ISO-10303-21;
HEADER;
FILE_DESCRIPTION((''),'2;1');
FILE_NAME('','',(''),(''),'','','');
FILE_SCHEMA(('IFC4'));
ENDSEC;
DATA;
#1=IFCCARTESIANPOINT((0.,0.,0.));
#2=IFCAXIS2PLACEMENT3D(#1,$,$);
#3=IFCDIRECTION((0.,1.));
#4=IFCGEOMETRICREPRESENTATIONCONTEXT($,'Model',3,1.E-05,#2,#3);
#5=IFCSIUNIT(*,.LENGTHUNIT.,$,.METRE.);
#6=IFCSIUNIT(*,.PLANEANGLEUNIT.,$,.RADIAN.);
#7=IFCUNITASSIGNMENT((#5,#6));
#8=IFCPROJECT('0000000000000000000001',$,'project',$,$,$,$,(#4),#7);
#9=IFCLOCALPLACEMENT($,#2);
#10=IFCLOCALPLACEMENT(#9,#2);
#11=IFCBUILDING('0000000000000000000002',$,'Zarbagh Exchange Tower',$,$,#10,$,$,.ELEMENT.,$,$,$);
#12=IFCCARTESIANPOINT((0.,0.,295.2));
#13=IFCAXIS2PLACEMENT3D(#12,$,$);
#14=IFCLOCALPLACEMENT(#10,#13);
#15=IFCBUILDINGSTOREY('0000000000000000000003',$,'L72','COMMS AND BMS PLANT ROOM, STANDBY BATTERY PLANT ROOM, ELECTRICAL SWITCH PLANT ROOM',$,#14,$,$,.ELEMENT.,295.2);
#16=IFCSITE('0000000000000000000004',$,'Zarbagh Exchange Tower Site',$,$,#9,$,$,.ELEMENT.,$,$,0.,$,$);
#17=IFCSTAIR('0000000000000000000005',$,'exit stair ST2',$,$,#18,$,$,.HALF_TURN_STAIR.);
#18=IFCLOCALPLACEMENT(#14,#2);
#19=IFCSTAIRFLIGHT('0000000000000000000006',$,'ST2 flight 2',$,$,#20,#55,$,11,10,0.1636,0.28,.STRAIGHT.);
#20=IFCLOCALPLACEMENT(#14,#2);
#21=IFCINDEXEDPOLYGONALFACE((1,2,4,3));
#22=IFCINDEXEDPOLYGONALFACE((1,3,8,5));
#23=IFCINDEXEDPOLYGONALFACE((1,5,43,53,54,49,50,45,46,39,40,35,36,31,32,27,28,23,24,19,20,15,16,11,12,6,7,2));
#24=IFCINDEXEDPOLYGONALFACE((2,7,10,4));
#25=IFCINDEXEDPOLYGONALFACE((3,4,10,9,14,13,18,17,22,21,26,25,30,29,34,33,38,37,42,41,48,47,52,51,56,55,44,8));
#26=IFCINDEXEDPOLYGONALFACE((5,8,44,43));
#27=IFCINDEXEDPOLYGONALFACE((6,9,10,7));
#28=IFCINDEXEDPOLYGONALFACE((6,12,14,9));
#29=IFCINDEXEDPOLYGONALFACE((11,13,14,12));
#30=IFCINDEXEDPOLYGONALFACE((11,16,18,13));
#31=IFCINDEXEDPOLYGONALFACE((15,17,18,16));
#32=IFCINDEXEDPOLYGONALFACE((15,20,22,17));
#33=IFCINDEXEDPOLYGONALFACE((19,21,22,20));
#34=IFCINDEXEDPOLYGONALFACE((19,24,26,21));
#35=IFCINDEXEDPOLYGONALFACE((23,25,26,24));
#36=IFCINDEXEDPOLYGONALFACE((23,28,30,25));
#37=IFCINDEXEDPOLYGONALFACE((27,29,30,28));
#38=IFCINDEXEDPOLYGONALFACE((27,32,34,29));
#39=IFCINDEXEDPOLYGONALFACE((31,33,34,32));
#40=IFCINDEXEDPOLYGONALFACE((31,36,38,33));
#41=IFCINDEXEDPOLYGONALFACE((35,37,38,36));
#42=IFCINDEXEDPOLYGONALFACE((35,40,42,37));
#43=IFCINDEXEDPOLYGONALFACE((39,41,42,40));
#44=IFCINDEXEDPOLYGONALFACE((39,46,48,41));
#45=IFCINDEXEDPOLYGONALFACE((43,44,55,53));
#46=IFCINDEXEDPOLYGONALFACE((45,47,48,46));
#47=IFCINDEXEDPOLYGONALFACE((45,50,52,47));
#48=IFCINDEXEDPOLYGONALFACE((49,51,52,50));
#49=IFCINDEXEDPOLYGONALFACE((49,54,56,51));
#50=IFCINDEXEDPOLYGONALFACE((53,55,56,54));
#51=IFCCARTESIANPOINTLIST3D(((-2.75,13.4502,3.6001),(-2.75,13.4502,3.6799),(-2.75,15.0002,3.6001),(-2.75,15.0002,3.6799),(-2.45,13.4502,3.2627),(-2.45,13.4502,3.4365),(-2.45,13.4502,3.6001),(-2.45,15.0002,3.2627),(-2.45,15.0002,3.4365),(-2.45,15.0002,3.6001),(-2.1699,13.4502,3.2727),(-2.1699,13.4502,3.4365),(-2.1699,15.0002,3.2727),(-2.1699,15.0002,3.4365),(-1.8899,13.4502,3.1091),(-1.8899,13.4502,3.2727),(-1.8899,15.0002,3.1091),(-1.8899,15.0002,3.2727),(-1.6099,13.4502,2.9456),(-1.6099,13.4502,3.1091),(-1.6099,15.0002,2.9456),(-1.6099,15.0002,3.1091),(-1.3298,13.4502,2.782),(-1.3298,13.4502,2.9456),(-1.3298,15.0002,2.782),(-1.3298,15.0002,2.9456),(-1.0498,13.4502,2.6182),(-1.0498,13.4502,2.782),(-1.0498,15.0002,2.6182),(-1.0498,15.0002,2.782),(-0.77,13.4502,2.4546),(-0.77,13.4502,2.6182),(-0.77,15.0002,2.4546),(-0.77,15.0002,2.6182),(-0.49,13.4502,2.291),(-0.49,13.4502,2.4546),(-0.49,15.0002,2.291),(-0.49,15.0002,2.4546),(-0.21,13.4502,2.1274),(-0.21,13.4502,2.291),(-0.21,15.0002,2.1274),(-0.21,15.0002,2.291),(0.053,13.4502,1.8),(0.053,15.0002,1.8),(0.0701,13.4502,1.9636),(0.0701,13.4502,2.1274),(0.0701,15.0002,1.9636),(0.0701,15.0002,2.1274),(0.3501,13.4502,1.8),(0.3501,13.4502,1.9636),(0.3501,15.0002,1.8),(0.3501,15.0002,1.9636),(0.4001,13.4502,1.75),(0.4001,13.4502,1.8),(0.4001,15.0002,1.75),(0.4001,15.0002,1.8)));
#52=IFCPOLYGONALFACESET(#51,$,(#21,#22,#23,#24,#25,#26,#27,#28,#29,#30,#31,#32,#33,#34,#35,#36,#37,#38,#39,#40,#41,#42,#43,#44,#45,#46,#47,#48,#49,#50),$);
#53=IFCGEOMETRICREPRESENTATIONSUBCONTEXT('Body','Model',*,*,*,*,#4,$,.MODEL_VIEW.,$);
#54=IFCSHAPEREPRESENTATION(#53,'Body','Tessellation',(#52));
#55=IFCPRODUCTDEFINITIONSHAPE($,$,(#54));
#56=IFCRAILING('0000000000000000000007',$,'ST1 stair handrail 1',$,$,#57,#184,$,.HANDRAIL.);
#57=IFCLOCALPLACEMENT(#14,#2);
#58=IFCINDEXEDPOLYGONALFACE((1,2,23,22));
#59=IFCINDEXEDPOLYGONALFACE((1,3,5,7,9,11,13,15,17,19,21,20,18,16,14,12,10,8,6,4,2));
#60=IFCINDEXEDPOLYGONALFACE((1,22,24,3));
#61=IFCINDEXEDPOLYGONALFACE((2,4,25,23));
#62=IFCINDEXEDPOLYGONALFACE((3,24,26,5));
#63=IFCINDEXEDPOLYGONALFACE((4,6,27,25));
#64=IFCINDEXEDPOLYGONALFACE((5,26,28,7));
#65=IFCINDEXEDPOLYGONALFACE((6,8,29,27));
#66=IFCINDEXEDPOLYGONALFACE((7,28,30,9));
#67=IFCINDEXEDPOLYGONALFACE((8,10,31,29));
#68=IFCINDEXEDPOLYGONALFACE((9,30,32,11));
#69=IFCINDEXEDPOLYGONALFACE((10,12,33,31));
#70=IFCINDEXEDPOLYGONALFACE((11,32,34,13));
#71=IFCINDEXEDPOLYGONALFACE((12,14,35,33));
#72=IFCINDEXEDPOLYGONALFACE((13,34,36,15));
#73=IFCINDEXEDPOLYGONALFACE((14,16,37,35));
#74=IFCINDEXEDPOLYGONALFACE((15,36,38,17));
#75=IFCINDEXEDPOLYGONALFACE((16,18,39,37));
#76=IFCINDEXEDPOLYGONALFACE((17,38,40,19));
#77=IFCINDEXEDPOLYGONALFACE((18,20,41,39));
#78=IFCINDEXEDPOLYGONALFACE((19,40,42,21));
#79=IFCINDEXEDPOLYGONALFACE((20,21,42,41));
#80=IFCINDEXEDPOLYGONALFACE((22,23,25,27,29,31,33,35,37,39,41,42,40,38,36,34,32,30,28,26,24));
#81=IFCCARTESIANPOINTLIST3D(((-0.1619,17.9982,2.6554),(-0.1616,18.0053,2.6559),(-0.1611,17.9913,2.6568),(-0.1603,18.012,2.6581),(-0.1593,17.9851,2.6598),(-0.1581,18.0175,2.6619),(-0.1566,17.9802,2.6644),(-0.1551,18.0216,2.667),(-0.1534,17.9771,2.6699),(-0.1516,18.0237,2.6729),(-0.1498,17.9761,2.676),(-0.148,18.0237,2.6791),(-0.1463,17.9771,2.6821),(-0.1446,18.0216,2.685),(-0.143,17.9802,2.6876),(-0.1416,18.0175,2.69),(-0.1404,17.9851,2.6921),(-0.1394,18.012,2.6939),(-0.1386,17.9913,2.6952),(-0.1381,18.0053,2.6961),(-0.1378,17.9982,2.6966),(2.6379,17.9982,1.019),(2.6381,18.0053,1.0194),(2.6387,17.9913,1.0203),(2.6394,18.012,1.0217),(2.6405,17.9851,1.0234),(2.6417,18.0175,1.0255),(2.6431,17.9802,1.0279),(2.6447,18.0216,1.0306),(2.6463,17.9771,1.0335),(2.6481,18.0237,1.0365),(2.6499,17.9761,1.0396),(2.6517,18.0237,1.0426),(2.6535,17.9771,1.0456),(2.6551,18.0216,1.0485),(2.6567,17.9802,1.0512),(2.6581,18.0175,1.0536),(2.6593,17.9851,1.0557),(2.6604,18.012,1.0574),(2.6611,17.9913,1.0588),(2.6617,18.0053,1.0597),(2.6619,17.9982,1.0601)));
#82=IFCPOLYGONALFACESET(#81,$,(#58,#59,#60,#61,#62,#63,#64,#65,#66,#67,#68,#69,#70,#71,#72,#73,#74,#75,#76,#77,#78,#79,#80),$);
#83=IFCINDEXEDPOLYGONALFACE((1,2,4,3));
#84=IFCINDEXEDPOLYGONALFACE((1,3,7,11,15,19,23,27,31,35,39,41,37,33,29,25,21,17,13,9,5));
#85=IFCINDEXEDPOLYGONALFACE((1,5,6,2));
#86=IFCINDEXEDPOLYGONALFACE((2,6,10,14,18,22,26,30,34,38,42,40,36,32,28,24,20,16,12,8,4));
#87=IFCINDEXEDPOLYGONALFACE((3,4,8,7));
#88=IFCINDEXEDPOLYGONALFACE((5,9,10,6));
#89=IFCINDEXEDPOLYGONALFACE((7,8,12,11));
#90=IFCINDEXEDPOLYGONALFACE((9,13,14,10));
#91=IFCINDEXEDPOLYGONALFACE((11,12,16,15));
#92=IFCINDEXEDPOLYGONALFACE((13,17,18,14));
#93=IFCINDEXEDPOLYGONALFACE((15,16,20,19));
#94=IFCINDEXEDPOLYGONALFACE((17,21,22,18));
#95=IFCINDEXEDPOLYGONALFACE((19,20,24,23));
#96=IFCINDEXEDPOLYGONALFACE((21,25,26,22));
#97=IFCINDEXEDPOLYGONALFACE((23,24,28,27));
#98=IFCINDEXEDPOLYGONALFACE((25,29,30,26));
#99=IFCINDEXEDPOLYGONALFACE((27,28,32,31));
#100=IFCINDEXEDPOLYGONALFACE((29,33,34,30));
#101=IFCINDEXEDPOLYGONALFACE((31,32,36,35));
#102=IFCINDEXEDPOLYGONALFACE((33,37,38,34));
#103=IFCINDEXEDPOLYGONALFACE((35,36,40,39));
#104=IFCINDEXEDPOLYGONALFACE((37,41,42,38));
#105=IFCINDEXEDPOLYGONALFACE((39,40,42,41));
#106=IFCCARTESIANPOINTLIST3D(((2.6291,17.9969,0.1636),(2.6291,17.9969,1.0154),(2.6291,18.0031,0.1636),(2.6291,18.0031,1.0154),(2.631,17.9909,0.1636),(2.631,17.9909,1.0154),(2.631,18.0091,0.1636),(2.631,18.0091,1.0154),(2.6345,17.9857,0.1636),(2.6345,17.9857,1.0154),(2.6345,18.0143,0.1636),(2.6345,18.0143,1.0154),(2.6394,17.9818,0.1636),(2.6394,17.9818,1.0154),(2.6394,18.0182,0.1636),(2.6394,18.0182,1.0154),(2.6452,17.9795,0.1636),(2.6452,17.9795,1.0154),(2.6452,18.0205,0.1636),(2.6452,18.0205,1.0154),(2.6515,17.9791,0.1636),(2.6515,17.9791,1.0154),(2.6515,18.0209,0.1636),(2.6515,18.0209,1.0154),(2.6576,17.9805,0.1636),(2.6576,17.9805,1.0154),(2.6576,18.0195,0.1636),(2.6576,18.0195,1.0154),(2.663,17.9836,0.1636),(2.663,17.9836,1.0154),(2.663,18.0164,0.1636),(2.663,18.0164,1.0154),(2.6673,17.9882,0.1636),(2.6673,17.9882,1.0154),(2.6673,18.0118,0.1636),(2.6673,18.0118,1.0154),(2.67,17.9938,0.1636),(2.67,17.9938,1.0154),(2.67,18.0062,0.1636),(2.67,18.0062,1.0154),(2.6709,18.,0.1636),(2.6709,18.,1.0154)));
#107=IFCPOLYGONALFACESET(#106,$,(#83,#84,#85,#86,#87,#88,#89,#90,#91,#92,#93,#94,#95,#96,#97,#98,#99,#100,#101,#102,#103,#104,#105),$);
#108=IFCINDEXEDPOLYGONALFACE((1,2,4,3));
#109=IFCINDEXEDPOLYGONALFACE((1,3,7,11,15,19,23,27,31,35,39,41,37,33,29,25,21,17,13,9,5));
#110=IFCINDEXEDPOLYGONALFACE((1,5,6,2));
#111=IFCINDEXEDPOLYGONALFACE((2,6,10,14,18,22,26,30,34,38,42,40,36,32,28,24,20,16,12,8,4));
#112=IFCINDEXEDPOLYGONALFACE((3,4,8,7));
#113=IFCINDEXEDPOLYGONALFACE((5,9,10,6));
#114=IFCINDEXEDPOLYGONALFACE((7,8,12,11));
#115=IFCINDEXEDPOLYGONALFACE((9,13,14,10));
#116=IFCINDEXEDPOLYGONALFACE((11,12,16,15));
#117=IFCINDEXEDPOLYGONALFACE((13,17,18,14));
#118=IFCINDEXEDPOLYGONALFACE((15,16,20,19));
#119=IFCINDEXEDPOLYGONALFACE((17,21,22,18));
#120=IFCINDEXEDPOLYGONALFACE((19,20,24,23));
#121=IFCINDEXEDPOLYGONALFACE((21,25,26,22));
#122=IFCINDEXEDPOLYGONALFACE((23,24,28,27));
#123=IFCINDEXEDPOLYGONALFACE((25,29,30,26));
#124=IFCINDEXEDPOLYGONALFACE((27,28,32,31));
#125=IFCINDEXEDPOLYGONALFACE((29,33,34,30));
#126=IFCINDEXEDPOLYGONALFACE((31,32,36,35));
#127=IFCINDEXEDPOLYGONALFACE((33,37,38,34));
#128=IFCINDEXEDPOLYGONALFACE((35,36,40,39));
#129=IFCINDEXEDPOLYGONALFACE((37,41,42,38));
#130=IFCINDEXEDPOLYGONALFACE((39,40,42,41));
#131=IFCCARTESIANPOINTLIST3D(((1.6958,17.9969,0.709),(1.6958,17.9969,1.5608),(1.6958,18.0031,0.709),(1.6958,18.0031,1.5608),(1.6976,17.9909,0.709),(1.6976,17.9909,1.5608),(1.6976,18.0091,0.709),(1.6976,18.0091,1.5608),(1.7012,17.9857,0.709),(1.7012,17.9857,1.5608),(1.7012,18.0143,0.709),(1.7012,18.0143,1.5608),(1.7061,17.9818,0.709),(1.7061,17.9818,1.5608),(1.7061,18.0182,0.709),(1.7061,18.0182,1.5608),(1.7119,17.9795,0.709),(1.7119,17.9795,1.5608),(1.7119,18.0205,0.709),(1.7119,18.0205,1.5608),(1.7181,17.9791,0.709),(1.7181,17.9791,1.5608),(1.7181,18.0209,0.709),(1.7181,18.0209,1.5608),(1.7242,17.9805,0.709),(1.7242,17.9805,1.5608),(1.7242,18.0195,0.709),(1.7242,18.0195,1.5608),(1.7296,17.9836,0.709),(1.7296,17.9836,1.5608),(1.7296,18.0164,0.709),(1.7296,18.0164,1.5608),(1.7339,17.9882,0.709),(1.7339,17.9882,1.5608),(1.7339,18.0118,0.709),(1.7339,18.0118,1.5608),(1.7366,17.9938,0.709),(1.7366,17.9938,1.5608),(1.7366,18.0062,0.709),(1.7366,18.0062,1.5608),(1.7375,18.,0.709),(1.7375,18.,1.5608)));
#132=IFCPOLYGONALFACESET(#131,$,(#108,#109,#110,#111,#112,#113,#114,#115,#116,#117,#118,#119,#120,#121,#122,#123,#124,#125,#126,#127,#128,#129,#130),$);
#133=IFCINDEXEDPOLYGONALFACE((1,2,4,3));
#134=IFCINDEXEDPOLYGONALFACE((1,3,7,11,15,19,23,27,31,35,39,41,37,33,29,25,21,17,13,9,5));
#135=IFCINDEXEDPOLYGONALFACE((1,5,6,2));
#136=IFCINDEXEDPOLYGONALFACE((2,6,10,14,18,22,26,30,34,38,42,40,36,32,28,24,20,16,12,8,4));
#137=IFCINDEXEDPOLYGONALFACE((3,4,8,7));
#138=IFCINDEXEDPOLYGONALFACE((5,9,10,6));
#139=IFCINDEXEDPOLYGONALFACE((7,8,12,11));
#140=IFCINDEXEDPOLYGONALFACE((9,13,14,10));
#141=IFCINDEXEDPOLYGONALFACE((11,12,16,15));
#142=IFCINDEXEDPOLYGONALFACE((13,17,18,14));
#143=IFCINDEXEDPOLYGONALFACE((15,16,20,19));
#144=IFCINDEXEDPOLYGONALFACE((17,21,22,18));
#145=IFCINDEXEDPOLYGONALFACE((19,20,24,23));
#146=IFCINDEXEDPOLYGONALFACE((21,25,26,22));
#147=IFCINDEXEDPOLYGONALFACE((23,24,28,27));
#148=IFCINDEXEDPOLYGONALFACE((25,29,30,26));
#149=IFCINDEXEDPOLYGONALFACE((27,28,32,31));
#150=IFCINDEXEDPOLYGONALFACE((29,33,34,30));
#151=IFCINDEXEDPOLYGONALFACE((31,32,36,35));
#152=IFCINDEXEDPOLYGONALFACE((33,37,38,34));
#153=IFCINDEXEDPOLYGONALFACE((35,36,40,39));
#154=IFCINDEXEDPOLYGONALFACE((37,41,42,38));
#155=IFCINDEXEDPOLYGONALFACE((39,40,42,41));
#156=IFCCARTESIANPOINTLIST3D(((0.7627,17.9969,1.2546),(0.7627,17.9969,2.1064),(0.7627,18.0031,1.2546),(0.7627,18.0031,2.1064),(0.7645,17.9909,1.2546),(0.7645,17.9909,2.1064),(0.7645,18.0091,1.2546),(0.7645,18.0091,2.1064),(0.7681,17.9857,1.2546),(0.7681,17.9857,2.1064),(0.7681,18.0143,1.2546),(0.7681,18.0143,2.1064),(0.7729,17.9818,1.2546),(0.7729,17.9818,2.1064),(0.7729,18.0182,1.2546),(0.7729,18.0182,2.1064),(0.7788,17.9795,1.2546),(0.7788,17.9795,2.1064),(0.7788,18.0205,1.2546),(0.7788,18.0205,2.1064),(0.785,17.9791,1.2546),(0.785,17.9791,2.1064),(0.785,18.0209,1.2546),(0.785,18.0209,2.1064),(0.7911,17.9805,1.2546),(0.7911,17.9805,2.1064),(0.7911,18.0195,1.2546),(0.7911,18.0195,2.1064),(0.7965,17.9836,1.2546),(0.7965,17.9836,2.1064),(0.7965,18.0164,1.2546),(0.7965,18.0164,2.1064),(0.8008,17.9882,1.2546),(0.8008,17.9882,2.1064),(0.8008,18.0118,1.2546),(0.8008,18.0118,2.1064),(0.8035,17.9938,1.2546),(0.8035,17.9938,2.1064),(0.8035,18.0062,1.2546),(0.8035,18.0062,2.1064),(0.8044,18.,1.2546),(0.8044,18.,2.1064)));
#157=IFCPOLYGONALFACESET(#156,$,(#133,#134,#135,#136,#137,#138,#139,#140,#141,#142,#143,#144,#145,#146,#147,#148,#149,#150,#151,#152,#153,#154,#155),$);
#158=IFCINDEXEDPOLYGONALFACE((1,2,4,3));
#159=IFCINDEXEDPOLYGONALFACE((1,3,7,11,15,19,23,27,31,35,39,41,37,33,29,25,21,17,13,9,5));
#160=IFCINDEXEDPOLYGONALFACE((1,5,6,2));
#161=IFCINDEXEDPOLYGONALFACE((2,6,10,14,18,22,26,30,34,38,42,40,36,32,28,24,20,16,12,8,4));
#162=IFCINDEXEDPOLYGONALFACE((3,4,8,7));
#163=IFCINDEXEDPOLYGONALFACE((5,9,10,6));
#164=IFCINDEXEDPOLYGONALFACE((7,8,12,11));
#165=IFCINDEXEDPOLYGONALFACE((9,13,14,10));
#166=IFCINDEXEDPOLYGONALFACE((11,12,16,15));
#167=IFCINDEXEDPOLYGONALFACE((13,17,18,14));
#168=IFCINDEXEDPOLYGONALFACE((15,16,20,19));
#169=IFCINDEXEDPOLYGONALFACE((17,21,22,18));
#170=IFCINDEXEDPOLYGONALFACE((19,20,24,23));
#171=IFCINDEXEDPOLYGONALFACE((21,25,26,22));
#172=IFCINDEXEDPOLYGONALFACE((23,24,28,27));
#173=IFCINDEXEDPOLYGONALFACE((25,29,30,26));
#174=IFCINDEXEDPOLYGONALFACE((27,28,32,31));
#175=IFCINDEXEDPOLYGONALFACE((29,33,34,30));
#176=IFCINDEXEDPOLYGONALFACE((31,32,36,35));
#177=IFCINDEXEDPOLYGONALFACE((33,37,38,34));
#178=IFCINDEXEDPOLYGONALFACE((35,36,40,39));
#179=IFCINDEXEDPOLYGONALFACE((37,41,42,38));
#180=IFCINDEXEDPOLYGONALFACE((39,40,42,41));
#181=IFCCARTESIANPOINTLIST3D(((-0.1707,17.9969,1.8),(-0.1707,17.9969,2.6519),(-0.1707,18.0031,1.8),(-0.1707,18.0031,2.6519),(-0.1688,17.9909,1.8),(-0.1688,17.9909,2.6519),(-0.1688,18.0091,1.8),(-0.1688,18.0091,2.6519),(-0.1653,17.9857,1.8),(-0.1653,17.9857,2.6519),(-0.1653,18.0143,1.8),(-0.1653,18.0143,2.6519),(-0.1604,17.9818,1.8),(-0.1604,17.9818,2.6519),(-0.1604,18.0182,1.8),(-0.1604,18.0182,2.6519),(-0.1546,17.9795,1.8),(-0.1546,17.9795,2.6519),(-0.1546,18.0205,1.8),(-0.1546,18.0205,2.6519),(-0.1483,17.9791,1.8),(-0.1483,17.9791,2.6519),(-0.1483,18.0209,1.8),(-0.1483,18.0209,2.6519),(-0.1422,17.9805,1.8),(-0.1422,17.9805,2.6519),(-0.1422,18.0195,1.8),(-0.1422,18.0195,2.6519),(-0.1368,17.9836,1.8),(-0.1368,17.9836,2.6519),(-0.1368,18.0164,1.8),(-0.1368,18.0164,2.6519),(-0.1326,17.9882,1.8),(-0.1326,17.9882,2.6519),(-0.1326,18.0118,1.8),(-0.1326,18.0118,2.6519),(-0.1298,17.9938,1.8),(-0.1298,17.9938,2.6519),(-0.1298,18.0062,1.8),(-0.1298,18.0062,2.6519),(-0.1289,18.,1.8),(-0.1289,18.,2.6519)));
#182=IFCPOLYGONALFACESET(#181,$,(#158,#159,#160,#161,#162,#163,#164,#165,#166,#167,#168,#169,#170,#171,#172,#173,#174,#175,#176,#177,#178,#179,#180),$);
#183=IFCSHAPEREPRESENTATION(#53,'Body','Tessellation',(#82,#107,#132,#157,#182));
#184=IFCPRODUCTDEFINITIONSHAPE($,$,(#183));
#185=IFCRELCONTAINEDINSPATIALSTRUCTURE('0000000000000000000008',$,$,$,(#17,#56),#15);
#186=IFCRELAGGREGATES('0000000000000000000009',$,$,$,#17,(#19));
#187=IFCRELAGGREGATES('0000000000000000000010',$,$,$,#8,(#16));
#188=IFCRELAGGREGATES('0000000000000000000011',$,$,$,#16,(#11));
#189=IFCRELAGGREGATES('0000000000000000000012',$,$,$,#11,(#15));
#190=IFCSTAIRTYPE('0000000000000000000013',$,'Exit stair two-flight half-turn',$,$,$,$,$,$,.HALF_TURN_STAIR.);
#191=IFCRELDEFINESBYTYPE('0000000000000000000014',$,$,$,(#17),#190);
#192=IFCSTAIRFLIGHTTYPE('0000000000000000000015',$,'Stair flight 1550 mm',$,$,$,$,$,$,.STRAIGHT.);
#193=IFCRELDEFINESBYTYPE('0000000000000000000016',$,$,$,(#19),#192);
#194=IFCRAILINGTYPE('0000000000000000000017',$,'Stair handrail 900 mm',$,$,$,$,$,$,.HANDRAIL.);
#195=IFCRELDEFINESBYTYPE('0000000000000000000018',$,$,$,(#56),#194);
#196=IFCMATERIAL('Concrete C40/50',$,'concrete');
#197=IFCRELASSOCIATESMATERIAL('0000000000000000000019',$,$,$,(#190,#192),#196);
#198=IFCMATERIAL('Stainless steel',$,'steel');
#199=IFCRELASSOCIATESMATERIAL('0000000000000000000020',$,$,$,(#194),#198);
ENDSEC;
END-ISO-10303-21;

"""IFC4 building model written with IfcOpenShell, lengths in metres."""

from ifc_helpers import new_model, si_unit, direction, frame, origin, origin_2d, place, context, subcontext, project, spatial, polyline, circle, outline, extrude, material, type_object, element, aggregate, save


model = new_model("IFC4")

# Units and contexts
model_context = context("Model", 3, precision=1e-05, world=origin(), true_north=direction((0.0, 1.0)))
body_context = subcontext(model_context, "Body", "Model", "MODEL_VIEW")
ifc_project = project(units=[si_unit("LENGTHUNIT", "METRE"), si_unit("PLANEANGLEUNIT", "RADIAN")], contexts=[model_context])

# Site, building, storey
site_placement = place(None, origin())
site = spatial("IfcSite", under=ifc_project, at=site_placement, Name="Zarbagh Exchange Tower Site", CompositionType="ELEMENT", RefElevation=0.0)
building_placement = place(site_placement, origin())
building = spatial("IfcBuilding", under=site, at=building_placement, Name="Zarbagh Exchange Tower", CompositionType="ELEMENT")
storey_placement = place(building_placement, frame((0.0, 0.0, 295.2)))
storey = spatial("IfcBuildingStorey", under=building, at=storey_placement, Name="L72", Description="COMMS AND BMS PLANT ROOM, STANDBY BATTERY PLANT ROOM, ELECTRICAL SWITCH PLANT ROOM", CompositionType="ELEMENT", Elevation=295.2)

# Shared definitions
ifc_material_1 = material(Name="Concrete C40/50", Category="concrete")

# Shared definitions
ifc_material_2 = material(Name="Stainless steel", Category="steel")

# Stair, stair flight
stair_type = type_object("IfcStairType", Name="Exit stair two-flight half-turn", PredefinedType="HALF_TURN_STAIR", material=ifc_material_1)
stair_1_placement = place(storey_placement, origin())
stair_1 = element("IfcStair", 1, at=stair_1_placement, inside=storey, type_object=stair_type, Name="exit stair ST2", PredefinedType="HALF_TURN_STAIR")
stair_flight_type_1 = type_object("IfcStairFlightType", Name="Stair flight 1550 mm", PredefinedType="STRAIGHT", material=ifc_material_1)
stair_flight_1_placement = place(storey_placement, frame((0.3501, 14.2251, 1.8), z_axis=(0.0, 0.0, 1.0), x_axis=(-1.0, 0.0, 0.0)))
stair_flight_1 = element("IfcStairFlight", 2, at=stair_flight_1_placement, type_object=stair_flight_type_1, Name="ST2 flight 2", NumberOfRisers=11, NumberOfTreads=10, PredefinedType="STRAIGHT", RiserHeight=0.1636, TreadLength=0.28, context=body_context, shape_type="SweptSolid", body=[
    extrude(outline(polyline([(-0.05, -0.05), (-0.05, 0.0), (0.0, 0.0), (0.0, 0.1636), (0.28, 0.1636), (0.28, 0.3274), (0.5601, 0.3274), (0.5601, 0.491), (0.8401, 0.491), (0.8401, 0.6545), (1.1201, 0.6545), (1.1201, 0.8181), (1.3999, 0.8181), (1.3999, 0.9819), (1.6799, 0.9819), (1.6799, 1.1455), (1.96, 1.1455), (1.96, 1.3091), (2.24, 1.3091), (2.24, 1.4727), (2.52, 1.4727), (2.52, 1.6365), (2.8, 1.6365), (2.8, 1.8), (3.1001, 1.8799), (3.1001, 1.8), (2.8, 1.4626), (0.2971, 0.0), (-0.05, -0.05)])), frame((0.0, 0.7749, 0.0), z_axis=(0.0, -1.0, 0.0), x_axis=(1.0, 0.0, 0.0)), (0.0, 0.0, 1.0), 1.55),
])
aggregate(stair_1, [stair_flight_1])

# Railing
railing_type_1 = type_object("IfcRailingType", Name="Stair handrail 900 mm", PredefinedType="HANDRAIL", material=ifc_material_2)
railing_1_placement = place(storey_placement, frame((2.6499, 18.0, 0.1636)))
element("IfcRailing", 3, at=railing_1_placement, inside=storey, type_object=railing_type_1, Name="ST1 stair handrail 1", PredefinedType="HANDRAIL", context=body_context, shape_type="SweptSolid", body=[
    extrude(circle(Radius=0.0239, at=origin_2d()), frame((0.0, 0.0, 0.876), z_axis=(-0.863342, 0.0, 0.50462), x_axis=(0.0, -1.0, 0.0)), (0.0, 0.0, 1.0), 3.2429),
    extrude(circle(Radius=0.021, at=origin_2d()), origin(), (0.0, 0.0, 1.0), 0.8518),
    extrude(circle(Radius=0.021, at=origin_2d()), frame((-0.9333, 0.0, 0.5454)), (0.0, 0.0, 1.0), 0.8518),
    extrude(circle(Radius=0.021, at=origin_2d()), frame((-1.8665, 0.0, 1.0911)), (0.0, 0.0, 1.0), 0.8518),
    extrude(circle(Radius=0.021, at=origin_2d()), frame((-2.7998, 0.0, 1.6365)), (0.0, 0.0, 1.0), 0.8518),
])

save(model, "model.ifc")
